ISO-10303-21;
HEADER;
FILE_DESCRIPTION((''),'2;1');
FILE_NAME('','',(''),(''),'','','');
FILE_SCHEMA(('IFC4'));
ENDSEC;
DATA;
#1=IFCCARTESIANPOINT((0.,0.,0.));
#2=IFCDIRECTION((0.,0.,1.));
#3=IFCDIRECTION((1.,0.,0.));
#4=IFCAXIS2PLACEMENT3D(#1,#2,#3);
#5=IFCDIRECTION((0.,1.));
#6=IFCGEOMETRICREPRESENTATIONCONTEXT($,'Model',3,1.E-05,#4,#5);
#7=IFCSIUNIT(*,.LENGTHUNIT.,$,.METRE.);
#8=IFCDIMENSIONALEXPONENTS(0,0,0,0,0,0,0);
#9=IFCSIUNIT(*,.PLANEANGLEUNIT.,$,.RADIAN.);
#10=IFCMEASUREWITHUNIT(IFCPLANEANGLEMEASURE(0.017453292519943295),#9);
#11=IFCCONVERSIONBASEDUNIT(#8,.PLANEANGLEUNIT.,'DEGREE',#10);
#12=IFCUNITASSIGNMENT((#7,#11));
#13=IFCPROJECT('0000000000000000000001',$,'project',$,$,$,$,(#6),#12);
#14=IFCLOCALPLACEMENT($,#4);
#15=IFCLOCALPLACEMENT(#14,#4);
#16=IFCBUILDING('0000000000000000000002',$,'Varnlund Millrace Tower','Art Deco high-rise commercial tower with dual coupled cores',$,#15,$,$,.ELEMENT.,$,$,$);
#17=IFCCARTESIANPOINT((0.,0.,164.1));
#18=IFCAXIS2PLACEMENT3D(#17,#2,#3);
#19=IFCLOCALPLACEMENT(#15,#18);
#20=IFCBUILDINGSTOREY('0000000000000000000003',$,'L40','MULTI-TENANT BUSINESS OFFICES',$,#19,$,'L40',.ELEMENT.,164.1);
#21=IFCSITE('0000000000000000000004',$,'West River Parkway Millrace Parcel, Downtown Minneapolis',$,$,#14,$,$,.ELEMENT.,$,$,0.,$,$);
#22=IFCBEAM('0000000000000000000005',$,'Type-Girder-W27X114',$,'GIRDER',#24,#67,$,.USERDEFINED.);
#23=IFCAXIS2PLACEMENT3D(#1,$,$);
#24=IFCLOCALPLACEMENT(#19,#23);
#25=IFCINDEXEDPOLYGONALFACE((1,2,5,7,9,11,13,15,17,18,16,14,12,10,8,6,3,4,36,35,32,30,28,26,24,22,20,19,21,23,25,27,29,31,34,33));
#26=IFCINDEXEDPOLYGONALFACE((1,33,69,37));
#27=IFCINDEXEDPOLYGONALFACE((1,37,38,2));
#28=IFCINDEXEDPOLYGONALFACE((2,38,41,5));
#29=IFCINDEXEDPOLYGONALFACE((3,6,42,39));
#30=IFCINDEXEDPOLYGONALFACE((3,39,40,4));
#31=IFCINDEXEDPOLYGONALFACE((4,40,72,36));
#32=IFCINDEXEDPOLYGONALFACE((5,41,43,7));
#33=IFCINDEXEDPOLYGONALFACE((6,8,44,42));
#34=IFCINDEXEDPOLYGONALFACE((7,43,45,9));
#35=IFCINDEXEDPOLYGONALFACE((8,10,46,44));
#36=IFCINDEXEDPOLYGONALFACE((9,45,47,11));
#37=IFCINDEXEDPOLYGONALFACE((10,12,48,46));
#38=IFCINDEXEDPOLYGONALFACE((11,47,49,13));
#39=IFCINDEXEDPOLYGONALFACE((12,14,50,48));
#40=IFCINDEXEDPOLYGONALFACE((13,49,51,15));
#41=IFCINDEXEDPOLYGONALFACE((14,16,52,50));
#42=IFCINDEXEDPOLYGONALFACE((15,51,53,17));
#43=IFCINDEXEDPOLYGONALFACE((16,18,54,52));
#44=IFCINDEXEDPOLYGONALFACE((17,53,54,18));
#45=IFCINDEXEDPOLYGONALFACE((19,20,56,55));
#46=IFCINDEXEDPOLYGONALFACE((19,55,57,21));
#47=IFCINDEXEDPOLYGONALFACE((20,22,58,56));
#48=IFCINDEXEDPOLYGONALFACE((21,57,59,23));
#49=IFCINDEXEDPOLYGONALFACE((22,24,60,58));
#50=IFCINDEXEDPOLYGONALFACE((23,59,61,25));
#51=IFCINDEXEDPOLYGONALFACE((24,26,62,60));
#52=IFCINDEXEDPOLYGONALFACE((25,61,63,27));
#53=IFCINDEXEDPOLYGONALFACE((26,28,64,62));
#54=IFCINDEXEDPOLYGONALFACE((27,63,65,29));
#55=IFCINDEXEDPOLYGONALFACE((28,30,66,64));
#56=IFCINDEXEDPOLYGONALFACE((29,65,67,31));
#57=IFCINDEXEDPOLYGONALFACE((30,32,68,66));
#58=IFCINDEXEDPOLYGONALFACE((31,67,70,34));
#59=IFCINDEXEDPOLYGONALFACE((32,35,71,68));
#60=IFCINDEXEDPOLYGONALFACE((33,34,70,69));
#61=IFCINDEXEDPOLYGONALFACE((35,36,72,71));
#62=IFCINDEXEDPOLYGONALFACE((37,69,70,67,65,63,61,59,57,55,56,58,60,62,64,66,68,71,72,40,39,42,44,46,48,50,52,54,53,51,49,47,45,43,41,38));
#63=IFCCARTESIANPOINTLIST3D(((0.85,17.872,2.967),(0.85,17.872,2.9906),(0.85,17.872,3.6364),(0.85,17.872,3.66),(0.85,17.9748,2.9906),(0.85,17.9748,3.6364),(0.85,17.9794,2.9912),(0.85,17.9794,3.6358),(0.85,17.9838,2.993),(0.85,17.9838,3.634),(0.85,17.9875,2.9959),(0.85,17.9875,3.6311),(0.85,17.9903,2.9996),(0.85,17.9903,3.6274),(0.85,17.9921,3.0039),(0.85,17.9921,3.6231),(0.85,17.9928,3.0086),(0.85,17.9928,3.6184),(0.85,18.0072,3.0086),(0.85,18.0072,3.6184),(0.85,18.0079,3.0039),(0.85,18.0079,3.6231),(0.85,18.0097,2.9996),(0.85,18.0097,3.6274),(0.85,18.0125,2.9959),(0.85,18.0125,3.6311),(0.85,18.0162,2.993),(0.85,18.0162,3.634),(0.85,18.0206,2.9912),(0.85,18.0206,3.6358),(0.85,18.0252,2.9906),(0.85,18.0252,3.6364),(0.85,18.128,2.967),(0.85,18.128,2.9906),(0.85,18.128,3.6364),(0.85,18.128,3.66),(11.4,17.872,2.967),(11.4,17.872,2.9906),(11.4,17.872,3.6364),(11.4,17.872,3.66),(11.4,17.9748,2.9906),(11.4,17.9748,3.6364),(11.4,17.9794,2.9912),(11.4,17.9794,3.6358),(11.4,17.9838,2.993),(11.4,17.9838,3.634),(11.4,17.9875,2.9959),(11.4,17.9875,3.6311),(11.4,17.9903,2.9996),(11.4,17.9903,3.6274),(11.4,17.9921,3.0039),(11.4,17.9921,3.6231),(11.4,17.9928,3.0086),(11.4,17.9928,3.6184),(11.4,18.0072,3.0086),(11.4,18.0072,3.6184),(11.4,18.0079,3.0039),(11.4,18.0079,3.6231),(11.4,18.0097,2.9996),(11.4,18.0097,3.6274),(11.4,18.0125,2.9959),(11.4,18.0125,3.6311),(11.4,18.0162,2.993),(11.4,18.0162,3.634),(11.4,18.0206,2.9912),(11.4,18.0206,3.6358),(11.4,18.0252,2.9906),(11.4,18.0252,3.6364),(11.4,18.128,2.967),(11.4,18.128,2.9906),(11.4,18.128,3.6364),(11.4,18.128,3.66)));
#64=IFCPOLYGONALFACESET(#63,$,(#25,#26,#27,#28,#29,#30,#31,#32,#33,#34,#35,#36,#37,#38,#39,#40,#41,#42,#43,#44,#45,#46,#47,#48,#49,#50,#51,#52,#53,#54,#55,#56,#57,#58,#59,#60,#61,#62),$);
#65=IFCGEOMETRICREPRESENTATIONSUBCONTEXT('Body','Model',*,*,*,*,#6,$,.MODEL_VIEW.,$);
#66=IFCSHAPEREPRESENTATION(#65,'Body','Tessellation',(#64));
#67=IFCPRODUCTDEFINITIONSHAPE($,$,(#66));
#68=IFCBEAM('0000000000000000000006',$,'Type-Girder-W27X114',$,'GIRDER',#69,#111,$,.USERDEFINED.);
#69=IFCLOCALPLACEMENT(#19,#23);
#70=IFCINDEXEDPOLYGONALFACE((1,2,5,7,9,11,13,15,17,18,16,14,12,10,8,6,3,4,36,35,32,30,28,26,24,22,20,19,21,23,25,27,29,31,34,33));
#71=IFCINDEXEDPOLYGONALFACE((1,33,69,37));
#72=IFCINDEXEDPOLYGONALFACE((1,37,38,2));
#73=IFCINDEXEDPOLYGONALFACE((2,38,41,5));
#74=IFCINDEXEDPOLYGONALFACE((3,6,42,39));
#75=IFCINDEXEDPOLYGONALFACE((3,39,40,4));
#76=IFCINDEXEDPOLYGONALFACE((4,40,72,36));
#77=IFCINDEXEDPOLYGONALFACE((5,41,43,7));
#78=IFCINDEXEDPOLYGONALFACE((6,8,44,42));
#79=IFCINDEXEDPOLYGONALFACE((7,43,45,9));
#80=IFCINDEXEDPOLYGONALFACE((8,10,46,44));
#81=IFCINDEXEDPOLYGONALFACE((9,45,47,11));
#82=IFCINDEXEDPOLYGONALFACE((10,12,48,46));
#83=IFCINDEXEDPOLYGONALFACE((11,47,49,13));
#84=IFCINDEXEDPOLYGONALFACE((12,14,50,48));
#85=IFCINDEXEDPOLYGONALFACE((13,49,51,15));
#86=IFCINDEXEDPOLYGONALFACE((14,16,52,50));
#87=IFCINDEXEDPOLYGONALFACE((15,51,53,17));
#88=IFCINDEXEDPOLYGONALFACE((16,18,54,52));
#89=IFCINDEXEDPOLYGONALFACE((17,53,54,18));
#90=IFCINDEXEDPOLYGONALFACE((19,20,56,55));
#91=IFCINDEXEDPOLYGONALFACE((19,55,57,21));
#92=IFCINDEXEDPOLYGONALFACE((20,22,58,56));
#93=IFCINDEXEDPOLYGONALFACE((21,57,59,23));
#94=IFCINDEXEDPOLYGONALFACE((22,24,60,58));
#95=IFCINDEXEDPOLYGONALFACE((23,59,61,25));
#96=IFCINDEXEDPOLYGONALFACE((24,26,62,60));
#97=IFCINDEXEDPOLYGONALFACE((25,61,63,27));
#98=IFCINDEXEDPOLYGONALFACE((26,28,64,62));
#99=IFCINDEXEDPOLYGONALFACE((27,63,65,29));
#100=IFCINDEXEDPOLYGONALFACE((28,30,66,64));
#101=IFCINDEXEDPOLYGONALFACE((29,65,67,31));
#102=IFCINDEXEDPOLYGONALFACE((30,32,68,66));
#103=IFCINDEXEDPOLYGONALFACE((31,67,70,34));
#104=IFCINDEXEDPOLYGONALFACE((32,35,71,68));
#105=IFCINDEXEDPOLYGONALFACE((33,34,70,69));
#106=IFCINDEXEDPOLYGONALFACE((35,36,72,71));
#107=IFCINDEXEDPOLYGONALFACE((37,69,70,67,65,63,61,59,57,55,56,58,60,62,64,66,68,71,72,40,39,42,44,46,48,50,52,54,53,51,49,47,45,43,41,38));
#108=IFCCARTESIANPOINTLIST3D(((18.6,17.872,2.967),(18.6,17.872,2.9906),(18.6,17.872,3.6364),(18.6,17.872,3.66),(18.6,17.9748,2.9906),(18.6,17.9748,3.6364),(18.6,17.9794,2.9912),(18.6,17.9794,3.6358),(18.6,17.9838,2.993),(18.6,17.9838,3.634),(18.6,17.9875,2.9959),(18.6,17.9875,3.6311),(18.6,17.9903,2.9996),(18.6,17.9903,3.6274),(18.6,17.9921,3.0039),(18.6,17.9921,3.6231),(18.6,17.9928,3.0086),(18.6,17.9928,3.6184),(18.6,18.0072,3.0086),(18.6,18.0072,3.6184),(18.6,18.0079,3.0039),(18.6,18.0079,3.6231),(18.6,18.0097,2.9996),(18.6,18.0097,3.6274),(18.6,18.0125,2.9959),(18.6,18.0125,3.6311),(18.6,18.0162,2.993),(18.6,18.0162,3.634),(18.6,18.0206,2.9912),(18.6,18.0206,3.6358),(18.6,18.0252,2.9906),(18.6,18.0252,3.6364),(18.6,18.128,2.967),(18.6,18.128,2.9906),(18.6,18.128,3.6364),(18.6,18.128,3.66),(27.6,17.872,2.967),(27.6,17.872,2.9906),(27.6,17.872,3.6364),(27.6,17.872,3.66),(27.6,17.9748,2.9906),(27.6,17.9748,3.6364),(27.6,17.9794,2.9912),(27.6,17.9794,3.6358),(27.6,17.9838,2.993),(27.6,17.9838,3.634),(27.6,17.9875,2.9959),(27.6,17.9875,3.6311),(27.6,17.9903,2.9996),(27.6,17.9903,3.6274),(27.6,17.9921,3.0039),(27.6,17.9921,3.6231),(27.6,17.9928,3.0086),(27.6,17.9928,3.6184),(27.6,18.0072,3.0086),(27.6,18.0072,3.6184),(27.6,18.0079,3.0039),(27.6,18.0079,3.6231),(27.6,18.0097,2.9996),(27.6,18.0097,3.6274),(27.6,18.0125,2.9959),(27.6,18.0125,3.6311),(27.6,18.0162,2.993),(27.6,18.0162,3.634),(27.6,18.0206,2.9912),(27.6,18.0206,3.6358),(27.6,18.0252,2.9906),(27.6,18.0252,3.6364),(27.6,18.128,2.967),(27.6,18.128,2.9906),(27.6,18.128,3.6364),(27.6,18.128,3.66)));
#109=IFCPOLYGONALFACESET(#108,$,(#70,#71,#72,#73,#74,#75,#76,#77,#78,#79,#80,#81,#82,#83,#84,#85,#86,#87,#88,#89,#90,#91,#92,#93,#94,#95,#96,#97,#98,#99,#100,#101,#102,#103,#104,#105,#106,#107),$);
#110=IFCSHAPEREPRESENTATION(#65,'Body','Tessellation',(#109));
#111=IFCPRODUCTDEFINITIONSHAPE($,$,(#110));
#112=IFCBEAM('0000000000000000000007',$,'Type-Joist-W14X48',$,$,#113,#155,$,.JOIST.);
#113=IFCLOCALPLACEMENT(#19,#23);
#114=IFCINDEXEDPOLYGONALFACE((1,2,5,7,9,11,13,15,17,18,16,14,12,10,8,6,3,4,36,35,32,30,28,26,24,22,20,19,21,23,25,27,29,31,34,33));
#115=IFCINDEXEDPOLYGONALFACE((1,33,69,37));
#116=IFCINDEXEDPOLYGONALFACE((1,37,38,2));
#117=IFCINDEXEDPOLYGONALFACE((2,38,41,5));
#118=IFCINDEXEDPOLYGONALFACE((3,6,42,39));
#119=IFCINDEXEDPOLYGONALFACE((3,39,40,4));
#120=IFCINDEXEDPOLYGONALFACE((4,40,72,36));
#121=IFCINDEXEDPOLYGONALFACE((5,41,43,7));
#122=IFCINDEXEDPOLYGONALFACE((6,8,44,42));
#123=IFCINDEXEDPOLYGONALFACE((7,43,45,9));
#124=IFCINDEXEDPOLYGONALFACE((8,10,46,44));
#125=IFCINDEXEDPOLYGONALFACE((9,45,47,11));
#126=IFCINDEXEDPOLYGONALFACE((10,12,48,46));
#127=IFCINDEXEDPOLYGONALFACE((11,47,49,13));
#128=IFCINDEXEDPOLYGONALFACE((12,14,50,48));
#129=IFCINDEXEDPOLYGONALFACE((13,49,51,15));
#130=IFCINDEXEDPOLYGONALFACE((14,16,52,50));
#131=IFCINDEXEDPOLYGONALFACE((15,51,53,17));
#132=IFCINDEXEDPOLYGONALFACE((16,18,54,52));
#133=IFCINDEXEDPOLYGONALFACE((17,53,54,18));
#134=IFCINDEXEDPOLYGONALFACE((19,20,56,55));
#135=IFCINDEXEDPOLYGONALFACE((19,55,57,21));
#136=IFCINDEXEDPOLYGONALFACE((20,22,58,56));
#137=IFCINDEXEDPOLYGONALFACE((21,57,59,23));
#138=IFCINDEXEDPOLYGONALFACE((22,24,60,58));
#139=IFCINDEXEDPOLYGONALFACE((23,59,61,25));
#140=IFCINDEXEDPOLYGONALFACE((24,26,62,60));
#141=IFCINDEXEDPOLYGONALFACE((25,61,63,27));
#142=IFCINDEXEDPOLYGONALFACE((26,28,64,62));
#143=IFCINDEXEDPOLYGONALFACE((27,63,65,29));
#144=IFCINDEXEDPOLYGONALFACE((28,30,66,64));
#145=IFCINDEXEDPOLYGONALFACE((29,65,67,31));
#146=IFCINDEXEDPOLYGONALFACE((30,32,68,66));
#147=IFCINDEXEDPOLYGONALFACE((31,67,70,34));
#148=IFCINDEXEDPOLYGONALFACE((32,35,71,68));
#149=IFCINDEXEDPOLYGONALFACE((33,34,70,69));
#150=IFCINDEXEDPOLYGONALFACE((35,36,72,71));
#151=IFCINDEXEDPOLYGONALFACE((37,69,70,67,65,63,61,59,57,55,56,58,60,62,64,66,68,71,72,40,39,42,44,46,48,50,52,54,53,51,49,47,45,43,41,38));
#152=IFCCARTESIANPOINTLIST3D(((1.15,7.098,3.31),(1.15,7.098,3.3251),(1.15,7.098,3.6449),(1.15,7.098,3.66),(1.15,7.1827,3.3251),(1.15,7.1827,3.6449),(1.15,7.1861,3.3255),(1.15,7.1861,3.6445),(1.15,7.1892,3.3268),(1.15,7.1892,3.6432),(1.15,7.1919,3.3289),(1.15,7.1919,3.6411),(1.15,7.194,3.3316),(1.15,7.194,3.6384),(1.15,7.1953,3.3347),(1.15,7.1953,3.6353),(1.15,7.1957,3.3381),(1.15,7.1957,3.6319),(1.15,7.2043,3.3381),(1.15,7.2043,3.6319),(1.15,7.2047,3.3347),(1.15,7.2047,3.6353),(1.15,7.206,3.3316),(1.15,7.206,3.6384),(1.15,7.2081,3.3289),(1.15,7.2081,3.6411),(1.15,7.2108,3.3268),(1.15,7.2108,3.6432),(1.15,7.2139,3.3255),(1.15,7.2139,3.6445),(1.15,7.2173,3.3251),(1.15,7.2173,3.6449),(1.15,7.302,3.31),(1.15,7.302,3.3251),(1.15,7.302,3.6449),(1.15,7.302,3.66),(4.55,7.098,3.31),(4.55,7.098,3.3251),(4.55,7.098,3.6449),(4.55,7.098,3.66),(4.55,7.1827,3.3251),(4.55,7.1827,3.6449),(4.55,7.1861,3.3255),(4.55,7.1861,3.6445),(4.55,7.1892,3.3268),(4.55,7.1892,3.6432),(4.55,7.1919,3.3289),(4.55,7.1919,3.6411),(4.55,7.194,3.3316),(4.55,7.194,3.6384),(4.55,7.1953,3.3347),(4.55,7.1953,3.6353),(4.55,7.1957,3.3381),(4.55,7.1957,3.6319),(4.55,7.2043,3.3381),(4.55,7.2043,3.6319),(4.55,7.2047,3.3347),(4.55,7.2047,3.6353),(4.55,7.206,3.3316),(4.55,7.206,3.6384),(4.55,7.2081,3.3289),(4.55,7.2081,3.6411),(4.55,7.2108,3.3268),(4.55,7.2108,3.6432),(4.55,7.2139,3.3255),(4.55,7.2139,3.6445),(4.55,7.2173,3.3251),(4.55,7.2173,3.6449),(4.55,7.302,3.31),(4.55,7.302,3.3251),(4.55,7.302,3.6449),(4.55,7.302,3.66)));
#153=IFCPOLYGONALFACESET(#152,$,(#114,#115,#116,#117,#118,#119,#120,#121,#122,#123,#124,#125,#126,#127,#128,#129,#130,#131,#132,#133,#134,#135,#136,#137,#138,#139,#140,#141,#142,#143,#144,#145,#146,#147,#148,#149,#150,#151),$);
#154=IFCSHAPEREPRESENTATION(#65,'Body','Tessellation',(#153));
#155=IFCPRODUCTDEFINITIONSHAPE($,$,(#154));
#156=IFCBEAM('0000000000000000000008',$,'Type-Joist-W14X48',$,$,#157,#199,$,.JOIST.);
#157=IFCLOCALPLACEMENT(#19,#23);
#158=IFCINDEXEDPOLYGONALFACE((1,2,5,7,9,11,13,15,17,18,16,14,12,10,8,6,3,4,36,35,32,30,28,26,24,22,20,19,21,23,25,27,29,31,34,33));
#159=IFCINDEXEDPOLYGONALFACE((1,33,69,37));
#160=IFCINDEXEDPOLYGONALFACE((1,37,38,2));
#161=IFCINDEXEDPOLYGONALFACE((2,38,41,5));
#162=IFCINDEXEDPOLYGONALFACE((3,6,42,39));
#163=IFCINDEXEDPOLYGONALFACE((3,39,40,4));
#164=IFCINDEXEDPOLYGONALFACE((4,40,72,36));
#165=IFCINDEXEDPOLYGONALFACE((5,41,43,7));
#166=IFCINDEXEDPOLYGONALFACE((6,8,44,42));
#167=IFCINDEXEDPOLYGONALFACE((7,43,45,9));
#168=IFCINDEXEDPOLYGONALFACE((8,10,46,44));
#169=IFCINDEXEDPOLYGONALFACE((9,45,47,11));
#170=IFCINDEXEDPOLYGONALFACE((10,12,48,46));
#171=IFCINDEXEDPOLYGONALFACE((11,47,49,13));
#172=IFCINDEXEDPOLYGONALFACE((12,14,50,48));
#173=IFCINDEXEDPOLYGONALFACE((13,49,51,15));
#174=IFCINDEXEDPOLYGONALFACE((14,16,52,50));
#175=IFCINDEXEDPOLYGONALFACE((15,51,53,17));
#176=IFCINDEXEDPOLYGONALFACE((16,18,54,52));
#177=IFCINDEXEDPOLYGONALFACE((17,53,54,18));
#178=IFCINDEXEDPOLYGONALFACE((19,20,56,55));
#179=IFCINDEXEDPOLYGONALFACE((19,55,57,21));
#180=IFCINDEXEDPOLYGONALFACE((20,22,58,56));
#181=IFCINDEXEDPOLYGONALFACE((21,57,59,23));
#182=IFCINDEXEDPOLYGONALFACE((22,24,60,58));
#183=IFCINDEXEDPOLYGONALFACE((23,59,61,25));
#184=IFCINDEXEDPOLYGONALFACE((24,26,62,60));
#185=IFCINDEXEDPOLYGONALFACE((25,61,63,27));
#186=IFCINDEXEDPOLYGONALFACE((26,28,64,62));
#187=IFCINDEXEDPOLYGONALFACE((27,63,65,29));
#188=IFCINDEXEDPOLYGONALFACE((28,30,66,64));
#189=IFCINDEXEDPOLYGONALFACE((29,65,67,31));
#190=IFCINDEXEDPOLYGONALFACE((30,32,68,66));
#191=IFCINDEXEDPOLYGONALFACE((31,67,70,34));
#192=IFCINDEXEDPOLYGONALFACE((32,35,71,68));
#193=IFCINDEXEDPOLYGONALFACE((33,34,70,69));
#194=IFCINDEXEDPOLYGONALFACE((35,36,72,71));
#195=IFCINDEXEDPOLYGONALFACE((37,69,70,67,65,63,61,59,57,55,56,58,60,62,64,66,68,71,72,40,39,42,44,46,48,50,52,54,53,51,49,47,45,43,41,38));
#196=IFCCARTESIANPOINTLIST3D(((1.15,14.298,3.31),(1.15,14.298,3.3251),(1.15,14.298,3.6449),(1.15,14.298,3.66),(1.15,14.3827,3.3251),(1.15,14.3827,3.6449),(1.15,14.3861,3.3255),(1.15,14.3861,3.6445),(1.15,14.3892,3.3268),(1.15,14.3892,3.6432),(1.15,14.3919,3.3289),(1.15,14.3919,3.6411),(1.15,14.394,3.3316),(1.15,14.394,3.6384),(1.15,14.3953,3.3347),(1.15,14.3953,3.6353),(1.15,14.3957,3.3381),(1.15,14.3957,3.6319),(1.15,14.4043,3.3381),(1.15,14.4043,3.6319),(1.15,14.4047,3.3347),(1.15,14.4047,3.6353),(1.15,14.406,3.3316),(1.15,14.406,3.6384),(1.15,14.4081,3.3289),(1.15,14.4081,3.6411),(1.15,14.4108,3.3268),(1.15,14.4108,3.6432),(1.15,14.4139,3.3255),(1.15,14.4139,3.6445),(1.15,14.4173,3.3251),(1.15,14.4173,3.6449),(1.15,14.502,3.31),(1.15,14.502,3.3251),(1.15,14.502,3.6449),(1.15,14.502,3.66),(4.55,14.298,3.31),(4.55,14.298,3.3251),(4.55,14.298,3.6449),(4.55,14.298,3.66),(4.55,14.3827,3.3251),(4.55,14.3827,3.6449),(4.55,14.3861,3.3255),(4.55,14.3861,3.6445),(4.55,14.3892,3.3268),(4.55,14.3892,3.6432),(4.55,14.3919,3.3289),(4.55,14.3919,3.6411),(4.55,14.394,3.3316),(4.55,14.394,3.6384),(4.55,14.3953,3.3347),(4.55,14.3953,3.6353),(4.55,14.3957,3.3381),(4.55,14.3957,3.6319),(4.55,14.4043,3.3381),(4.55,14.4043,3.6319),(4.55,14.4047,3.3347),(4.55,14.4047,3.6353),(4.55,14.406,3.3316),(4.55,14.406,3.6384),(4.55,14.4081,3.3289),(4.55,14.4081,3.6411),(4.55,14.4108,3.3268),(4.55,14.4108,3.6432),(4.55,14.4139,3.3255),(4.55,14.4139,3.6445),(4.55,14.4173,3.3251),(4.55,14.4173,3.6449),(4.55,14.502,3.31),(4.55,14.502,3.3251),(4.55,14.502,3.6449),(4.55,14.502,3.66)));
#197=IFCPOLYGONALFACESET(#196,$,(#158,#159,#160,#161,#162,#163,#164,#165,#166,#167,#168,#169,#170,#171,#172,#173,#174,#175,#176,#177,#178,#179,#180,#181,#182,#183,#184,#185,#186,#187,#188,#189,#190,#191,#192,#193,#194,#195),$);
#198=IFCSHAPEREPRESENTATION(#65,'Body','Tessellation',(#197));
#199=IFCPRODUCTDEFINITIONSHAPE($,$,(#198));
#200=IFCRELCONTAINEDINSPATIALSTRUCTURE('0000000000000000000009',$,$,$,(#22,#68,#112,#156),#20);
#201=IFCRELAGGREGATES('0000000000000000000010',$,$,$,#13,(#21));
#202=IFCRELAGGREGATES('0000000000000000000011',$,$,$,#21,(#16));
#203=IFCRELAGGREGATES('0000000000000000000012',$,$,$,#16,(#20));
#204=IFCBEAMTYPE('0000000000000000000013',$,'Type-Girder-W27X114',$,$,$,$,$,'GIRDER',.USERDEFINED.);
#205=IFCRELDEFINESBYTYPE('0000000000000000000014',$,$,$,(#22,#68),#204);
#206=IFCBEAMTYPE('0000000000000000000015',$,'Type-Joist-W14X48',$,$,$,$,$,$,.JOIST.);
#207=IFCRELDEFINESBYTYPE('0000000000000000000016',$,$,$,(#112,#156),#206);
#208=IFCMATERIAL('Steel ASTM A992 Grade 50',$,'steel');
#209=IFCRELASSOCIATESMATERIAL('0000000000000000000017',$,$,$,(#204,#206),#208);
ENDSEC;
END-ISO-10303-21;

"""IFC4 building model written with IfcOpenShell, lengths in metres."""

from ifc_helpers import new_model, entity, si_unit, converted_unit, direction, frame, origin_with_axes, origin_2d_with_axis, place, context, subcontext, project, spatial, i_section, extrude, material, material_profile, profile_set, type_object, element, save


model = new_model("IFC4")

# Units and contexts
model_context = context("Model", 3, precision=1e-05, world=origin_with_axes(), true_north=direction((0.0, 1.0)))
body_context = subcontext(model_context, "Body", "Model", "MODEL_VIEW")
ifc_project = project(units=[si_unit("LENGTHUNIT", "METRE"), converted_unit("PLANEANGLEUNIT", "DEGREE", entity("IfcPlaneAngleMeasure", 0.017453292519943295), si_unit("PLANEANGLEUNIT", "RADIAN"), dimensions=[0, 0, 0, 0, 0, 0, 0])], contexts=[model_context])

# Site, building, storey
site_placement = place(None, origin_with_axes())
site = spatial("IfcSite", under=ifc_project, at=site_placement, Name="West River Parkway Millrace Parcel, Downtown Minneapolis", CompositionType="ELEMENT", RefElevation=0.0)
building_placement = place(site_placement, origin_with_axes())
building = spatial("IfcBuilding", under=site, at=building_placement, Name="Varnlund Millrace Tower", Description="Art Deco high-rise commercial tower with dual coupled cores", CompositionType="ELEMENT")
storey_placement = place(building_placement, frame((0.0, 0.0, 164.1), z_axis=(0.0, 0.0, 1.0), x_axis=(1.0, 0.0, 0.0)))
storey = spatial("IfcBuildingStorey", under=building, at=storey_placement, Name="L40", Description="MULTI-TENANT BUSINESS OFFICES", LongName="L40", CompositionType="ELEMENT", Elevation=164.1)

# Beams
ifc_material_1 = material(Name="Steel ASTM A992 Grade 50", Category="steel")
ifc_material_profile_1 = material_profile(ifc_material_1, i_section(OverallWidth=0.256, OverallDepth=0.693, WebThickness=0.0145, FlangeThickness=0.0236, FilletRadius=0.018, at=origin_2d_with_axis()), Name="Steel ASTM A992 Grade 50")
ifc_profile_set_1 = profile_set([ifc_material_profile_1], Name="Steel ASTM A992 Grade 50")
beam_type_1 = type_object("IfcBeamType", Name="Type-Girder-W27X114", ElementType="GIRDER", PredefinedType="USERDEFINED", material=ifc_profile_set_1)
beam_1_placement = place(storey_placement, frame((0.85, 18.0, 3.3135), z_axis=(1.0, 0.0, 0.0), x_axis=(0.0, 1.0, 0.0)))
element("IfcBeam", 1, at=beam_1_placement, inside=storey, type_object=beam_type_1, Name="Type-Girder-W27X114", ObjectType="GIRDER", PredefinedType="USERDEFINED", context=body_context, shape_type="SweptSolid", body=[
    extrude(i_section(OverallWidth=0.256, OverallDepth=0.693, WebThickness=0.0145, FlangeThickness=0.0236, FilletRadius=0.018, at=origin_2d_with_axis()), origin_with_axes(), (0.0, 0.0, 1.0), 10.55),
])
beam_2_placement = place(storey_placement, frame((18.6, 18.0, 3.3135), z_axis=(1.0, 0.0, 0.0), x_axis=(0.0, 1.0, 0.0)))
element("IfcBeam", 2, at=beam_2_placement, inside=storey, type_object=beam_type_1, Name="Type-Girder-W27X114", ObjectType="GIRDER", PredefinedType="USERDEFINED", context=body_context, shape_type="SweptSolid", body=[
    extrude(i_section(OverallWidth=0.256, OverallDepth=0.693, WebThickness=0.0145, FlangeThickness=0.0236, FilletRadius=0.018, at=origin_2d_with_axis()), origin_with_axes(), (0.0, 0.0, 1.0), 9.0),
])
ifc_material_profile_2 = material_profile(ifc_material_1, i_section(OverallWidth=0.204, OverallDepth=0.35, WebThickness=0.0086, FlangeThickness=0.0151, FilletRadius=0.013, at=origin_2d_with_axis()), Name="Steel ASTM A992 Grade 50")
ifc_profile_set_2 = profile_set([ifc_material_profile_2], Name="Steel ASTM A992 Grade 50")
beam_type_2 = type_object("IfcBeamType", Name="Type-Joist-W14X48", PredefinedType="JOIST", material=ifc_profile_set_2)
for number, where, z_axis, x_axis, name in (
    (3, (1.15, 7.2, 3.485), (1.0, 0.0, 0.0), (0.0, 1.0, 0.0), "Type-Joist-W14X48"),
    (4, (1.15, 14.4, 3.485), (1.0, 0.0, 0.0), (0.0, 1.0, 0.0), "Type-Joist-W14X48"),
):
    element("IfcBeam", number, at=place(storey_placement, frame(where, z_axis=z_axis, x_axis=x_axis)), inside=storey, type_object=beam_type_2, Name=name, PredefinedType="JOIST", context=body_context, shape_type="SweptSolid", body=[
        extrude(i_section(OverallWidth=0.204, OverallDepth=0.35, WebThickness=0.0086, FlangeThickness=0.0151, FilletRadius=0.013, at=origin_2d_with_axis()), origin_with_axes(), (0.0, 0.0, 1.0), 3.4),
    ])

save(model, "model.ifc")
